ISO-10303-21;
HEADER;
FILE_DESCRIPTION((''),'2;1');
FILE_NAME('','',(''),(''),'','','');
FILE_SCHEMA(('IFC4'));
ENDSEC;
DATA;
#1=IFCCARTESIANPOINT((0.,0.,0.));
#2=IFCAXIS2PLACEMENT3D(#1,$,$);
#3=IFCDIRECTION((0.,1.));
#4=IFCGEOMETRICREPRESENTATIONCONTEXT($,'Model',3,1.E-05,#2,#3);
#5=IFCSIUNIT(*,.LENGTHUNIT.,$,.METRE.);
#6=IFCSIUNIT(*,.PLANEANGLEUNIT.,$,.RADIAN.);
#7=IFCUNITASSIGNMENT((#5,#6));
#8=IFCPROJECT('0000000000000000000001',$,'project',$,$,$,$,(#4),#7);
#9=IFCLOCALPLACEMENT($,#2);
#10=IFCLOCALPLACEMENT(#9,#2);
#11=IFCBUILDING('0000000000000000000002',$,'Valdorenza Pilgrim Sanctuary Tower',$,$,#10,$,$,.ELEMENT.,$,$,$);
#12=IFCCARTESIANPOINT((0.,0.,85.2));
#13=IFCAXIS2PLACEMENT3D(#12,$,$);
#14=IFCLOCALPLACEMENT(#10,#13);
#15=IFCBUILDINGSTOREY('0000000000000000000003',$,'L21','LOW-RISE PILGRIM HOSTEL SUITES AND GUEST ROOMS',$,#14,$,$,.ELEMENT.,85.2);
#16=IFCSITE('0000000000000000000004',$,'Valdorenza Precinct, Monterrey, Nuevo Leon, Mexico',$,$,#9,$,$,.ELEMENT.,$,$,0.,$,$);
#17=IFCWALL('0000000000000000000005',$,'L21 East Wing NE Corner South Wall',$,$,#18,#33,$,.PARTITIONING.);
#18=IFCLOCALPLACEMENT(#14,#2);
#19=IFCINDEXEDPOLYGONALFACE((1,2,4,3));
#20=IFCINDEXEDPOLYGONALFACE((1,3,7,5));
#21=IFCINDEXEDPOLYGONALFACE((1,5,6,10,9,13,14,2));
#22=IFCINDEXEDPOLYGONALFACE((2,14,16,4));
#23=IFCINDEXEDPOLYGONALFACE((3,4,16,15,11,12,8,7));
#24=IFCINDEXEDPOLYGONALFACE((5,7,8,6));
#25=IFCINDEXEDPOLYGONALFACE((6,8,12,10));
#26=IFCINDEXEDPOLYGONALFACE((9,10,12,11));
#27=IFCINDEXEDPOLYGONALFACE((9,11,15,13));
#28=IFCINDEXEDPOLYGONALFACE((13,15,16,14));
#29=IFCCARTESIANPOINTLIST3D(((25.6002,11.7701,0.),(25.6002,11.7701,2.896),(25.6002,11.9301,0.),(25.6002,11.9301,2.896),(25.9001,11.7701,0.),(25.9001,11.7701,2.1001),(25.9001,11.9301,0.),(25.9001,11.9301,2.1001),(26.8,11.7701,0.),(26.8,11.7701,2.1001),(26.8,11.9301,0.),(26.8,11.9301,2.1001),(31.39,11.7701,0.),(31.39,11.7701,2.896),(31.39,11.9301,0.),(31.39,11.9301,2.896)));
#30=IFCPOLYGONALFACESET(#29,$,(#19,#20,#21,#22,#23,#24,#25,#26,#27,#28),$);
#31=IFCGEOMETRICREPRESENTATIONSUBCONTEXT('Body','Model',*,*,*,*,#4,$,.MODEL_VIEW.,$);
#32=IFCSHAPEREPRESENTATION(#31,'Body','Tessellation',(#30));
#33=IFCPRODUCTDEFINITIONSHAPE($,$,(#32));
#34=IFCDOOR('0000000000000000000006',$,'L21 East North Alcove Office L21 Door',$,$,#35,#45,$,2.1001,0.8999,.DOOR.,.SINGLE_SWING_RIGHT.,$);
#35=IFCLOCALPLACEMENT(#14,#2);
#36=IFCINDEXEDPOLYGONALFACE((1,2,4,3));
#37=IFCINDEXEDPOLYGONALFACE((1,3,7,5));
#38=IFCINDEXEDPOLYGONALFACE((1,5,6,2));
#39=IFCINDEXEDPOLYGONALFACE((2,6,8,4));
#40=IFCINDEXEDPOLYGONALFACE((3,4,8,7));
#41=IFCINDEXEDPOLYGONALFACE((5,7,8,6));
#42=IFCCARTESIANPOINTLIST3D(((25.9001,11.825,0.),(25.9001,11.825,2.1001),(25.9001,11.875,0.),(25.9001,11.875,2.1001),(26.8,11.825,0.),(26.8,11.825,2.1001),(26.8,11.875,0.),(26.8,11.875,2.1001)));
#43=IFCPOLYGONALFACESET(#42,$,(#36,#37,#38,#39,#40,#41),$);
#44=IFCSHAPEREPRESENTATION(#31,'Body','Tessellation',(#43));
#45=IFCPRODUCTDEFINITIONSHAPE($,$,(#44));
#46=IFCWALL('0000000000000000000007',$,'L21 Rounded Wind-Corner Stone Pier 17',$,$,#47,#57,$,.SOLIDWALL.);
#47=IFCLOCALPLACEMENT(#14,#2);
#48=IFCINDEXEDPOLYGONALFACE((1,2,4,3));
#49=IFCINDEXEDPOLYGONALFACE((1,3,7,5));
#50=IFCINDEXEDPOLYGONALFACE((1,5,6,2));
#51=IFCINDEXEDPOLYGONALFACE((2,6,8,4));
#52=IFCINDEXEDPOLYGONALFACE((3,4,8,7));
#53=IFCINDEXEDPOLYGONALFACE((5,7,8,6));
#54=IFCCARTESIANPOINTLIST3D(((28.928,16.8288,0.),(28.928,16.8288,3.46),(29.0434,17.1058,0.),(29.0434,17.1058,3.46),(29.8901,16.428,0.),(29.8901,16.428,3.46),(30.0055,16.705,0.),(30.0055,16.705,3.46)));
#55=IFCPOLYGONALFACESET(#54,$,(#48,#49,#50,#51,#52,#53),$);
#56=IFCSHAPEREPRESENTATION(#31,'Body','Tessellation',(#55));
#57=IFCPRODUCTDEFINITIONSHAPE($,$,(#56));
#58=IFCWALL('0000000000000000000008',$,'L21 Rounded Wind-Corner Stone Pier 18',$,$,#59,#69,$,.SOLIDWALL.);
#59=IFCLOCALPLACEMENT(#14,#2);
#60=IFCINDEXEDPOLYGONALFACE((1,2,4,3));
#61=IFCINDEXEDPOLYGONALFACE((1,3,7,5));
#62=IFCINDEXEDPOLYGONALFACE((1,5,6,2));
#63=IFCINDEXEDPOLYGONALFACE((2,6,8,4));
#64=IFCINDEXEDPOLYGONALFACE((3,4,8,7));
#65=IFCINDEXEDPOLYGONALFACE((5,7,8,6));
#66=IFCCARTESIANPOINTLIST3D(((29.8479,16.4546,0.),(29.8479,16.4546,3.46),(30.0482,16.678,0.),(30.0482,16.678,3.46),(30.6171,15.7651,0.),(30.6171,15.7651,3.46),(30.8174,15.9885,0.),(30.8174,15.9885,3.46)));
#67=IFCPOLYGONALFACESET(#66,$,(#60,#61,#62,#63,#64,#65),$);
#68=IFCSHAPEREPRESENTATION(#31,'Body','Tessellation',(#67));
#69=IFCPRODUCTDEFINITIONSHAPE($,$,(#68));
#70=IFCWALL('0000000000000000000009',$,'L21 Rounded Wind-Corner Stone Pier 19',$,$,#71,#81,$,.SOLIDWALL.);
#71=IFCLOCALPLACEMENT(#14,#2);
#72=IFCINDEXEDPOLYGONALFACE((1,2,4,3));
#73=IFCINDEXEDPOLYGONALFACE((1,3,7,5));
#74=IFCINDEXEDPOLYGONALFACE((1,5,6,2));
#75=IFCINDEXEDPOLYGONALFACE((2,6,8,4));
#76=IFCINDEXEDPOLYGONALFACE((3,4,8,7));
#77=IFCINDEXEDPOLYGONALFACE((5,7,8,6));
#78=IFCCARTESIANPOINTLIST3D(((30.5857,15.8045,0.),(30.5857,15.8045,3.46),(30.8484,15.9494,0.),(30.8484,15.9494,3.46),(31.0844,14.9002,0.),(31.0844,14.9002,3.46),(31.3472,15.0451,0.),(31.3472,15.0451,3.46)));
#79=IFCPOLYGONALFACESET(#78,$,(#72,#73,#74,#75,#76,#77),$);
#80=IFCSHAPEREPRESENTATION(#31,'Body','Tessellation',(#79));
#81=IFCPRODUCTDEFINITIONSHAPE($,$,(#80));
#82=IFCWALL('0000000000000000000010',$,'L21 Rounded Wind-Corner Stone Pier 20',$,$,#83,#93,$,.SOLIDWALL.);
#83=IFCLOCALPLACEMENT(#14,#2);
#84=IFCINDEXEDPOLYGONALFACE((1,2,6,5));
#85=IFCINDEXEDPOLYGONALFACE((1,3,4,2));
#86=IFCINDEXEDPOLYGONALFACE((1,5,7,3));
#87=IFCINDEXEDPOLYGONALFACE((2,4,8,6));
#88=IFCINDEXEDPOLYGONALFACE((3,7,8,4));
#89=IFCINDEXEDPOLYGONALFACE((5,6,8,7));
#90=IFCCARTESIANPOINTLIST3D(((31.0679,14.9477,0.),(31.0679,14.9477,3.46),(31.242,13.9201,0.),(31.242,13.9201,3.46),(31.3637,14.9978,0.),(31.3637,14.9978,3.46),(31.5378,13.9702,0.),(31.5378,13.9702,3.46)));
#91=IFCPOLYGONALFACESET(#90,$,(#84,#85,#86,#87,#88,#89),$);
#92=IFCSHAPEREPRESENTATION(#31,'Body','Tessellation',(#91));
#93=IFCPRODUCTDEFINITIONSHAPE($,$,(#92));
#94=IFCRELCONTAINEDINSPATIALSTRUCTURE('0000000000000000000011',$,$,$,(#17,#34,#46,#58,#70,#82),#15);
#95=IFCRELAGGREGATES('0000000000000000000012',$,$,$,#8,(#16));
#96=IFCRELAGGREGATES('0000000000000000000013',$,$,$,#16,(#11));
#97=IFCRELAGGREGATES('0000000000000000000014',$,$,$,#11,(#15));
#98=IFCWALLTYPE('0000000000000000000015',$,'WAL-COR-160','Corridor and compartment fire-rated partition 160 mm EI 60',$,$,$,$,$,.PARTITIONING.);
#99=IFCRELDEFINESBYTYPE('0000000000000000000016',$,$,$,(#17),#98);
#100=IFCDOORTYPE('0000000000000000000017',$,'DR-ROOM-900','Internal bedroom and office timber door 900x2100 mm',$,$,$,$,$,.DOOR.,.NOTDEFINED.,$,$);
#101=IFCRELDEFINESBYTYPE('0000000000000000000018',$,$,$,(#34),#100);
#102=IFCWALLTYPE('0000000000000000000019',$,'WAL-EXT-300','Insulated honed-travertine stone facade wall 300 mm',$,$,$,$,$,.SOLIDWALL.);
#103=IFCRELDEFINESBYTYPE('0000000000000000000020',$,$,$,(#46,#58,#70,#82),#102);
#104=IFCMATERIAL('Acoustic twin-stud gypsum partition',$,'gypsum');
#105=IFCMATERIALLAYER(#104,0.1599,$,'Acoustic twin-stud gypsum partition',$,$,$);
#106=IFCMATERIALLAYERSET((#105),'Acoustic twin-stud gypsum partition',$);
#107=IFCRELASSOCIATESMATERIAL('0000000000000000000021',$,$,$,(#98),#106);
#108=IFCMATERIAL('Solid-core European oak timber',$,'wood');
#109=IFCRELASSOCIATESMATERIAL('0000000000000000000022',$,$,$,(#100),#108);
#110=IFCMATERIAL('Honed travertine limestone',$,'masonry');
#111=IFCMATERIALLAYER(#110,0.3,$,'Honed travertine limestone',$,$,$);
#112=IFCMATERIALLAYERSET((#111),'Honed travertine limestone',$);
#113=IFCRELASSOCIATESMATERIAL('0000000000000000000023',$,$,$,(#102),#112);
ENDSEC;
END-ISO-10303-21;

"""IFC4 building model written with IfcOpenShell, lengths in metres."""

from ifc_helpers import new_model, si_unit, direction, frame, frame_2d, origin, place, context, subcontext, project, spatial, rectangle, extrude, material, layer, layer_set, type_object, element, fill, save


model = new_model("IFC4")

# Units and contexts
model_context = context("Model", 3, precision=1e-05, world=origin(), true_north=direction((0.0, 1.0)))
body_context = subcontext(model_context, "Body", "Model", "MODEL_VIEW")
ifc_project = project(units=[si_unit("LENGTHUNIT", "METRE"), si_unit("PLANEANGLEUNIT", "RADIAN")], contexts=[model_context])

# Site, building, storey
site_placement = place(None, origin())
site = spatial("IfcSite", under=ifc_project, at=site_placement, Name="Valdorenza Precinct, Monterrey, Nuevo Leon, Mexico", CompositionType="ELEMENT", RefElevation=0.0)
building_placement = place(site_placement, origin())
building = spatial("IfcBuilding", under=site, at=building_placement, Name="Valdorenza Pilgrim Sanctuary Tower", CompositionType="ELEMENT")
storey_placement = place(building_placement, frame((0.0, 0.0, 85.2)))
storey = spatial("IfcBuildingStorey", under=building, at=storey_placement, Name="L21", Description="LOW-RISE PILGRIM HOSTEL SUITES AND GUEST ROOMS", CompositionType="ELEMENT", Elevation=85.2)

# Shared definitions
ifc_material_1 = material(Name="Honed travertine limestone", Category="masonry")

# Shared definitions
ifc_material_2 = material(Name="Acoustic twin-stud gypsum partition", Category="gypsum")
ifc_layer_1 = layer(ifc_material_2, 0.1599, Name="Acoustic twin-stud gypsum partition")
ifc_layer_set_1 = layer_set([ifc_layer_1], Name="Acoustic twin-stud gypsum partition")
wall_type_1 = type_object("IfcWallType", Name="WAL-COR-160", Description="Corridor and compartment fire-rated partition 160 mm EI 60", PredefinedType="PARTITIONING", material=ifc_layer_set_1)

# Wall, opening, door
wall_1_placement = place(storey_placement, frame((25.6001, 11.8501, 0.0), z_axis=(0.0, 0.0, 1.0), x_axis=(1.0, 0.0, 0.0)))
wall_1 = element("IfcWall", 1, at=wall_1_placement, inside=storey, type_object=wall_type_1, Name="L21 East Wing NE Corner South Wall", PredefinedType="PARTITIONING", context=body_context, shape_type="SweptSolid", body=[
    extrude(rectangle(XDim=5.7898, YDim=0.1599, at=frame_2d((2.895, 0.0))), origin(), (0.0, 0.0, 1.0), 2.896),
])
opening_placement = place(wall_1_placement, frame((0.3, 0.0, 0.0)))
opening = element("IfcOpeningElement", 2, at=opening_placement, cuts=wall_1, PredefinedType="OPENING", context=body_context, shape_type="SweptSolid", body=[
    extrude(rectangle(XDim=0.8999, YDim=2.1001, at=frame_2d((0.45, 1.05))), frame((0.0, 0.0947, 0.0), z_axis=(0.0, -1.0, 0.0), x_axis=(1.0, 0.0, 0.0)), (0.0, 0.0, 1.0), 0.1897),
])
ifc_material_3 = material(Name="Solid-core European oak timber", Category="wood")
door_type = type_object("IfcDoorType", Name="DR-ROOM-900", Description="Internal bedroom and office timber door 900x2100 mm", OperationType="NOTDEFINED", PredefinedType="DOOR", material=ifc_material_3)
door_placement = place(opening_placement, origin())
door = element("IfcDoor", 3, at=door_placement, inside=storey, type_object=door_type, Name="L21 East North Alcove Office L21 Door", OperationType="SINGLE_SWING_RIGHT", OverallHeight=2.1001, OverallWidth=0.8999, PredefinedType="DOOR", context=body_context, shape_type="SweptSolid", body=[
    extrude(rectangle(XDim=0.8999, YDim=2.1001, at=frame_2d((0.45, 1.05))), frame((0.0, 0.0249, 0.0), z_axis=(0.0, -1.0, 0.0), x_axis=(1.0, 0.0, 0.0)), (0.0, 0.0, 1.0), 0.05),
])
fill(opening, door)

# Walls
ifc_layer_2 = layer(ifc_material_1, 0.3, Name="Honed travertine limestone")
ifc_layer_set_2 = layer_set([ifc_layer_2], Name="Honed travertine limestone")
wall_type_2 = type_object("IfcWallType", Name="WAL-EXT-300", Description="Insulated honed-travertine stone facade wall 300 mm", PredefinedType="SOLIDWALL", material=ifc_layer_set_2)
wall_2_placement = place(storey_placement, frame((28.9858, 16.9673, 0.0), z_axis=(0.0, 0.0, 1.0), x_axis=(0.923084, -0.384599, 0.0)))
element("IfcWall", 4, at=wall_2_placement, inside=storey, type_object=wall_type_2, Name="L21 Rounded Wind-Corner Stone Pier 17", PredefinedType="SOLIDWALL", context=body_context, shape_type="SweptSolid", body=[
    extrude(rectangle(XDim=1.0422, YDim=0.3, at=frame_2d((0.521, 0.0))), origin(), (0.0, 0.0, 1.0), 3.46),
])
wall_3_placement = place(storey_placement, frame((29.948, 16.5664, 0.0), z_axis=(0.0, 0.0, 1.0), x_axis=(0.744586, -0.667527, 0.0)))
element("IfcWall", 5, at=wall_3_placement, inside=storey, type_object=wall_type_2, Name="L21 Rounded Wind-Corner Stone Pier 18", PredefinedType="SOLIDWALL", context=body_context, shape_type="SweptSolid", body=[
    extrude(rectangle(XDim=1.033, YDim=0.3, at=frame_2d((0.5166, 0.0))), origin(), (0.0, 0.0, 1.0), 3.46),
])
wall_4_placement = place(storey_placement, frame((30.717, 15.877, 0.0), z_axis=(0.0, 0.0, 1.0), x_axis=(0.482971, -0.875636, 0.0)))
element("IfcWall", 6, at=wall_4_placement, inside=storey, type_object=wall_type_2, Name="L21 Rounded Wind-Corner Stone Pier 19", PredefinedType="SOLIDWALL", context=body_context, shape_type="SweptSolid", body=[
    extrude(rectangle(XDim=1.0327, YDim=0.3, at=frame_2d((0.5164, 0.0))), origin(), (0.0, 0.0, 1.0), 3.46),
])
wall_5_placement = place(storey_placement, frame((31.2158, 14.9727, 0.0), z_axis=(0.0, 0.0, 1.0), x_axis=(0.167019, -0.985954, 0.0)))
element("IfcWall", 7, at=wall_5_placement, inside=storey, type_object=wall_type_2, Name="L21 Rounded Wind-Corner Stone Pier 20", PredefinedType="SOLIDWALL", context=body_context, shape_type="SweptSolid", body=[
    extrude(rectangle(XDim=1.0422, YDim=0.3, at=frame_2d((0.521, 0.0))), origin(), (0.0, 0.0, 1.0), 3.46),
])

save(model, "model.ifc")
